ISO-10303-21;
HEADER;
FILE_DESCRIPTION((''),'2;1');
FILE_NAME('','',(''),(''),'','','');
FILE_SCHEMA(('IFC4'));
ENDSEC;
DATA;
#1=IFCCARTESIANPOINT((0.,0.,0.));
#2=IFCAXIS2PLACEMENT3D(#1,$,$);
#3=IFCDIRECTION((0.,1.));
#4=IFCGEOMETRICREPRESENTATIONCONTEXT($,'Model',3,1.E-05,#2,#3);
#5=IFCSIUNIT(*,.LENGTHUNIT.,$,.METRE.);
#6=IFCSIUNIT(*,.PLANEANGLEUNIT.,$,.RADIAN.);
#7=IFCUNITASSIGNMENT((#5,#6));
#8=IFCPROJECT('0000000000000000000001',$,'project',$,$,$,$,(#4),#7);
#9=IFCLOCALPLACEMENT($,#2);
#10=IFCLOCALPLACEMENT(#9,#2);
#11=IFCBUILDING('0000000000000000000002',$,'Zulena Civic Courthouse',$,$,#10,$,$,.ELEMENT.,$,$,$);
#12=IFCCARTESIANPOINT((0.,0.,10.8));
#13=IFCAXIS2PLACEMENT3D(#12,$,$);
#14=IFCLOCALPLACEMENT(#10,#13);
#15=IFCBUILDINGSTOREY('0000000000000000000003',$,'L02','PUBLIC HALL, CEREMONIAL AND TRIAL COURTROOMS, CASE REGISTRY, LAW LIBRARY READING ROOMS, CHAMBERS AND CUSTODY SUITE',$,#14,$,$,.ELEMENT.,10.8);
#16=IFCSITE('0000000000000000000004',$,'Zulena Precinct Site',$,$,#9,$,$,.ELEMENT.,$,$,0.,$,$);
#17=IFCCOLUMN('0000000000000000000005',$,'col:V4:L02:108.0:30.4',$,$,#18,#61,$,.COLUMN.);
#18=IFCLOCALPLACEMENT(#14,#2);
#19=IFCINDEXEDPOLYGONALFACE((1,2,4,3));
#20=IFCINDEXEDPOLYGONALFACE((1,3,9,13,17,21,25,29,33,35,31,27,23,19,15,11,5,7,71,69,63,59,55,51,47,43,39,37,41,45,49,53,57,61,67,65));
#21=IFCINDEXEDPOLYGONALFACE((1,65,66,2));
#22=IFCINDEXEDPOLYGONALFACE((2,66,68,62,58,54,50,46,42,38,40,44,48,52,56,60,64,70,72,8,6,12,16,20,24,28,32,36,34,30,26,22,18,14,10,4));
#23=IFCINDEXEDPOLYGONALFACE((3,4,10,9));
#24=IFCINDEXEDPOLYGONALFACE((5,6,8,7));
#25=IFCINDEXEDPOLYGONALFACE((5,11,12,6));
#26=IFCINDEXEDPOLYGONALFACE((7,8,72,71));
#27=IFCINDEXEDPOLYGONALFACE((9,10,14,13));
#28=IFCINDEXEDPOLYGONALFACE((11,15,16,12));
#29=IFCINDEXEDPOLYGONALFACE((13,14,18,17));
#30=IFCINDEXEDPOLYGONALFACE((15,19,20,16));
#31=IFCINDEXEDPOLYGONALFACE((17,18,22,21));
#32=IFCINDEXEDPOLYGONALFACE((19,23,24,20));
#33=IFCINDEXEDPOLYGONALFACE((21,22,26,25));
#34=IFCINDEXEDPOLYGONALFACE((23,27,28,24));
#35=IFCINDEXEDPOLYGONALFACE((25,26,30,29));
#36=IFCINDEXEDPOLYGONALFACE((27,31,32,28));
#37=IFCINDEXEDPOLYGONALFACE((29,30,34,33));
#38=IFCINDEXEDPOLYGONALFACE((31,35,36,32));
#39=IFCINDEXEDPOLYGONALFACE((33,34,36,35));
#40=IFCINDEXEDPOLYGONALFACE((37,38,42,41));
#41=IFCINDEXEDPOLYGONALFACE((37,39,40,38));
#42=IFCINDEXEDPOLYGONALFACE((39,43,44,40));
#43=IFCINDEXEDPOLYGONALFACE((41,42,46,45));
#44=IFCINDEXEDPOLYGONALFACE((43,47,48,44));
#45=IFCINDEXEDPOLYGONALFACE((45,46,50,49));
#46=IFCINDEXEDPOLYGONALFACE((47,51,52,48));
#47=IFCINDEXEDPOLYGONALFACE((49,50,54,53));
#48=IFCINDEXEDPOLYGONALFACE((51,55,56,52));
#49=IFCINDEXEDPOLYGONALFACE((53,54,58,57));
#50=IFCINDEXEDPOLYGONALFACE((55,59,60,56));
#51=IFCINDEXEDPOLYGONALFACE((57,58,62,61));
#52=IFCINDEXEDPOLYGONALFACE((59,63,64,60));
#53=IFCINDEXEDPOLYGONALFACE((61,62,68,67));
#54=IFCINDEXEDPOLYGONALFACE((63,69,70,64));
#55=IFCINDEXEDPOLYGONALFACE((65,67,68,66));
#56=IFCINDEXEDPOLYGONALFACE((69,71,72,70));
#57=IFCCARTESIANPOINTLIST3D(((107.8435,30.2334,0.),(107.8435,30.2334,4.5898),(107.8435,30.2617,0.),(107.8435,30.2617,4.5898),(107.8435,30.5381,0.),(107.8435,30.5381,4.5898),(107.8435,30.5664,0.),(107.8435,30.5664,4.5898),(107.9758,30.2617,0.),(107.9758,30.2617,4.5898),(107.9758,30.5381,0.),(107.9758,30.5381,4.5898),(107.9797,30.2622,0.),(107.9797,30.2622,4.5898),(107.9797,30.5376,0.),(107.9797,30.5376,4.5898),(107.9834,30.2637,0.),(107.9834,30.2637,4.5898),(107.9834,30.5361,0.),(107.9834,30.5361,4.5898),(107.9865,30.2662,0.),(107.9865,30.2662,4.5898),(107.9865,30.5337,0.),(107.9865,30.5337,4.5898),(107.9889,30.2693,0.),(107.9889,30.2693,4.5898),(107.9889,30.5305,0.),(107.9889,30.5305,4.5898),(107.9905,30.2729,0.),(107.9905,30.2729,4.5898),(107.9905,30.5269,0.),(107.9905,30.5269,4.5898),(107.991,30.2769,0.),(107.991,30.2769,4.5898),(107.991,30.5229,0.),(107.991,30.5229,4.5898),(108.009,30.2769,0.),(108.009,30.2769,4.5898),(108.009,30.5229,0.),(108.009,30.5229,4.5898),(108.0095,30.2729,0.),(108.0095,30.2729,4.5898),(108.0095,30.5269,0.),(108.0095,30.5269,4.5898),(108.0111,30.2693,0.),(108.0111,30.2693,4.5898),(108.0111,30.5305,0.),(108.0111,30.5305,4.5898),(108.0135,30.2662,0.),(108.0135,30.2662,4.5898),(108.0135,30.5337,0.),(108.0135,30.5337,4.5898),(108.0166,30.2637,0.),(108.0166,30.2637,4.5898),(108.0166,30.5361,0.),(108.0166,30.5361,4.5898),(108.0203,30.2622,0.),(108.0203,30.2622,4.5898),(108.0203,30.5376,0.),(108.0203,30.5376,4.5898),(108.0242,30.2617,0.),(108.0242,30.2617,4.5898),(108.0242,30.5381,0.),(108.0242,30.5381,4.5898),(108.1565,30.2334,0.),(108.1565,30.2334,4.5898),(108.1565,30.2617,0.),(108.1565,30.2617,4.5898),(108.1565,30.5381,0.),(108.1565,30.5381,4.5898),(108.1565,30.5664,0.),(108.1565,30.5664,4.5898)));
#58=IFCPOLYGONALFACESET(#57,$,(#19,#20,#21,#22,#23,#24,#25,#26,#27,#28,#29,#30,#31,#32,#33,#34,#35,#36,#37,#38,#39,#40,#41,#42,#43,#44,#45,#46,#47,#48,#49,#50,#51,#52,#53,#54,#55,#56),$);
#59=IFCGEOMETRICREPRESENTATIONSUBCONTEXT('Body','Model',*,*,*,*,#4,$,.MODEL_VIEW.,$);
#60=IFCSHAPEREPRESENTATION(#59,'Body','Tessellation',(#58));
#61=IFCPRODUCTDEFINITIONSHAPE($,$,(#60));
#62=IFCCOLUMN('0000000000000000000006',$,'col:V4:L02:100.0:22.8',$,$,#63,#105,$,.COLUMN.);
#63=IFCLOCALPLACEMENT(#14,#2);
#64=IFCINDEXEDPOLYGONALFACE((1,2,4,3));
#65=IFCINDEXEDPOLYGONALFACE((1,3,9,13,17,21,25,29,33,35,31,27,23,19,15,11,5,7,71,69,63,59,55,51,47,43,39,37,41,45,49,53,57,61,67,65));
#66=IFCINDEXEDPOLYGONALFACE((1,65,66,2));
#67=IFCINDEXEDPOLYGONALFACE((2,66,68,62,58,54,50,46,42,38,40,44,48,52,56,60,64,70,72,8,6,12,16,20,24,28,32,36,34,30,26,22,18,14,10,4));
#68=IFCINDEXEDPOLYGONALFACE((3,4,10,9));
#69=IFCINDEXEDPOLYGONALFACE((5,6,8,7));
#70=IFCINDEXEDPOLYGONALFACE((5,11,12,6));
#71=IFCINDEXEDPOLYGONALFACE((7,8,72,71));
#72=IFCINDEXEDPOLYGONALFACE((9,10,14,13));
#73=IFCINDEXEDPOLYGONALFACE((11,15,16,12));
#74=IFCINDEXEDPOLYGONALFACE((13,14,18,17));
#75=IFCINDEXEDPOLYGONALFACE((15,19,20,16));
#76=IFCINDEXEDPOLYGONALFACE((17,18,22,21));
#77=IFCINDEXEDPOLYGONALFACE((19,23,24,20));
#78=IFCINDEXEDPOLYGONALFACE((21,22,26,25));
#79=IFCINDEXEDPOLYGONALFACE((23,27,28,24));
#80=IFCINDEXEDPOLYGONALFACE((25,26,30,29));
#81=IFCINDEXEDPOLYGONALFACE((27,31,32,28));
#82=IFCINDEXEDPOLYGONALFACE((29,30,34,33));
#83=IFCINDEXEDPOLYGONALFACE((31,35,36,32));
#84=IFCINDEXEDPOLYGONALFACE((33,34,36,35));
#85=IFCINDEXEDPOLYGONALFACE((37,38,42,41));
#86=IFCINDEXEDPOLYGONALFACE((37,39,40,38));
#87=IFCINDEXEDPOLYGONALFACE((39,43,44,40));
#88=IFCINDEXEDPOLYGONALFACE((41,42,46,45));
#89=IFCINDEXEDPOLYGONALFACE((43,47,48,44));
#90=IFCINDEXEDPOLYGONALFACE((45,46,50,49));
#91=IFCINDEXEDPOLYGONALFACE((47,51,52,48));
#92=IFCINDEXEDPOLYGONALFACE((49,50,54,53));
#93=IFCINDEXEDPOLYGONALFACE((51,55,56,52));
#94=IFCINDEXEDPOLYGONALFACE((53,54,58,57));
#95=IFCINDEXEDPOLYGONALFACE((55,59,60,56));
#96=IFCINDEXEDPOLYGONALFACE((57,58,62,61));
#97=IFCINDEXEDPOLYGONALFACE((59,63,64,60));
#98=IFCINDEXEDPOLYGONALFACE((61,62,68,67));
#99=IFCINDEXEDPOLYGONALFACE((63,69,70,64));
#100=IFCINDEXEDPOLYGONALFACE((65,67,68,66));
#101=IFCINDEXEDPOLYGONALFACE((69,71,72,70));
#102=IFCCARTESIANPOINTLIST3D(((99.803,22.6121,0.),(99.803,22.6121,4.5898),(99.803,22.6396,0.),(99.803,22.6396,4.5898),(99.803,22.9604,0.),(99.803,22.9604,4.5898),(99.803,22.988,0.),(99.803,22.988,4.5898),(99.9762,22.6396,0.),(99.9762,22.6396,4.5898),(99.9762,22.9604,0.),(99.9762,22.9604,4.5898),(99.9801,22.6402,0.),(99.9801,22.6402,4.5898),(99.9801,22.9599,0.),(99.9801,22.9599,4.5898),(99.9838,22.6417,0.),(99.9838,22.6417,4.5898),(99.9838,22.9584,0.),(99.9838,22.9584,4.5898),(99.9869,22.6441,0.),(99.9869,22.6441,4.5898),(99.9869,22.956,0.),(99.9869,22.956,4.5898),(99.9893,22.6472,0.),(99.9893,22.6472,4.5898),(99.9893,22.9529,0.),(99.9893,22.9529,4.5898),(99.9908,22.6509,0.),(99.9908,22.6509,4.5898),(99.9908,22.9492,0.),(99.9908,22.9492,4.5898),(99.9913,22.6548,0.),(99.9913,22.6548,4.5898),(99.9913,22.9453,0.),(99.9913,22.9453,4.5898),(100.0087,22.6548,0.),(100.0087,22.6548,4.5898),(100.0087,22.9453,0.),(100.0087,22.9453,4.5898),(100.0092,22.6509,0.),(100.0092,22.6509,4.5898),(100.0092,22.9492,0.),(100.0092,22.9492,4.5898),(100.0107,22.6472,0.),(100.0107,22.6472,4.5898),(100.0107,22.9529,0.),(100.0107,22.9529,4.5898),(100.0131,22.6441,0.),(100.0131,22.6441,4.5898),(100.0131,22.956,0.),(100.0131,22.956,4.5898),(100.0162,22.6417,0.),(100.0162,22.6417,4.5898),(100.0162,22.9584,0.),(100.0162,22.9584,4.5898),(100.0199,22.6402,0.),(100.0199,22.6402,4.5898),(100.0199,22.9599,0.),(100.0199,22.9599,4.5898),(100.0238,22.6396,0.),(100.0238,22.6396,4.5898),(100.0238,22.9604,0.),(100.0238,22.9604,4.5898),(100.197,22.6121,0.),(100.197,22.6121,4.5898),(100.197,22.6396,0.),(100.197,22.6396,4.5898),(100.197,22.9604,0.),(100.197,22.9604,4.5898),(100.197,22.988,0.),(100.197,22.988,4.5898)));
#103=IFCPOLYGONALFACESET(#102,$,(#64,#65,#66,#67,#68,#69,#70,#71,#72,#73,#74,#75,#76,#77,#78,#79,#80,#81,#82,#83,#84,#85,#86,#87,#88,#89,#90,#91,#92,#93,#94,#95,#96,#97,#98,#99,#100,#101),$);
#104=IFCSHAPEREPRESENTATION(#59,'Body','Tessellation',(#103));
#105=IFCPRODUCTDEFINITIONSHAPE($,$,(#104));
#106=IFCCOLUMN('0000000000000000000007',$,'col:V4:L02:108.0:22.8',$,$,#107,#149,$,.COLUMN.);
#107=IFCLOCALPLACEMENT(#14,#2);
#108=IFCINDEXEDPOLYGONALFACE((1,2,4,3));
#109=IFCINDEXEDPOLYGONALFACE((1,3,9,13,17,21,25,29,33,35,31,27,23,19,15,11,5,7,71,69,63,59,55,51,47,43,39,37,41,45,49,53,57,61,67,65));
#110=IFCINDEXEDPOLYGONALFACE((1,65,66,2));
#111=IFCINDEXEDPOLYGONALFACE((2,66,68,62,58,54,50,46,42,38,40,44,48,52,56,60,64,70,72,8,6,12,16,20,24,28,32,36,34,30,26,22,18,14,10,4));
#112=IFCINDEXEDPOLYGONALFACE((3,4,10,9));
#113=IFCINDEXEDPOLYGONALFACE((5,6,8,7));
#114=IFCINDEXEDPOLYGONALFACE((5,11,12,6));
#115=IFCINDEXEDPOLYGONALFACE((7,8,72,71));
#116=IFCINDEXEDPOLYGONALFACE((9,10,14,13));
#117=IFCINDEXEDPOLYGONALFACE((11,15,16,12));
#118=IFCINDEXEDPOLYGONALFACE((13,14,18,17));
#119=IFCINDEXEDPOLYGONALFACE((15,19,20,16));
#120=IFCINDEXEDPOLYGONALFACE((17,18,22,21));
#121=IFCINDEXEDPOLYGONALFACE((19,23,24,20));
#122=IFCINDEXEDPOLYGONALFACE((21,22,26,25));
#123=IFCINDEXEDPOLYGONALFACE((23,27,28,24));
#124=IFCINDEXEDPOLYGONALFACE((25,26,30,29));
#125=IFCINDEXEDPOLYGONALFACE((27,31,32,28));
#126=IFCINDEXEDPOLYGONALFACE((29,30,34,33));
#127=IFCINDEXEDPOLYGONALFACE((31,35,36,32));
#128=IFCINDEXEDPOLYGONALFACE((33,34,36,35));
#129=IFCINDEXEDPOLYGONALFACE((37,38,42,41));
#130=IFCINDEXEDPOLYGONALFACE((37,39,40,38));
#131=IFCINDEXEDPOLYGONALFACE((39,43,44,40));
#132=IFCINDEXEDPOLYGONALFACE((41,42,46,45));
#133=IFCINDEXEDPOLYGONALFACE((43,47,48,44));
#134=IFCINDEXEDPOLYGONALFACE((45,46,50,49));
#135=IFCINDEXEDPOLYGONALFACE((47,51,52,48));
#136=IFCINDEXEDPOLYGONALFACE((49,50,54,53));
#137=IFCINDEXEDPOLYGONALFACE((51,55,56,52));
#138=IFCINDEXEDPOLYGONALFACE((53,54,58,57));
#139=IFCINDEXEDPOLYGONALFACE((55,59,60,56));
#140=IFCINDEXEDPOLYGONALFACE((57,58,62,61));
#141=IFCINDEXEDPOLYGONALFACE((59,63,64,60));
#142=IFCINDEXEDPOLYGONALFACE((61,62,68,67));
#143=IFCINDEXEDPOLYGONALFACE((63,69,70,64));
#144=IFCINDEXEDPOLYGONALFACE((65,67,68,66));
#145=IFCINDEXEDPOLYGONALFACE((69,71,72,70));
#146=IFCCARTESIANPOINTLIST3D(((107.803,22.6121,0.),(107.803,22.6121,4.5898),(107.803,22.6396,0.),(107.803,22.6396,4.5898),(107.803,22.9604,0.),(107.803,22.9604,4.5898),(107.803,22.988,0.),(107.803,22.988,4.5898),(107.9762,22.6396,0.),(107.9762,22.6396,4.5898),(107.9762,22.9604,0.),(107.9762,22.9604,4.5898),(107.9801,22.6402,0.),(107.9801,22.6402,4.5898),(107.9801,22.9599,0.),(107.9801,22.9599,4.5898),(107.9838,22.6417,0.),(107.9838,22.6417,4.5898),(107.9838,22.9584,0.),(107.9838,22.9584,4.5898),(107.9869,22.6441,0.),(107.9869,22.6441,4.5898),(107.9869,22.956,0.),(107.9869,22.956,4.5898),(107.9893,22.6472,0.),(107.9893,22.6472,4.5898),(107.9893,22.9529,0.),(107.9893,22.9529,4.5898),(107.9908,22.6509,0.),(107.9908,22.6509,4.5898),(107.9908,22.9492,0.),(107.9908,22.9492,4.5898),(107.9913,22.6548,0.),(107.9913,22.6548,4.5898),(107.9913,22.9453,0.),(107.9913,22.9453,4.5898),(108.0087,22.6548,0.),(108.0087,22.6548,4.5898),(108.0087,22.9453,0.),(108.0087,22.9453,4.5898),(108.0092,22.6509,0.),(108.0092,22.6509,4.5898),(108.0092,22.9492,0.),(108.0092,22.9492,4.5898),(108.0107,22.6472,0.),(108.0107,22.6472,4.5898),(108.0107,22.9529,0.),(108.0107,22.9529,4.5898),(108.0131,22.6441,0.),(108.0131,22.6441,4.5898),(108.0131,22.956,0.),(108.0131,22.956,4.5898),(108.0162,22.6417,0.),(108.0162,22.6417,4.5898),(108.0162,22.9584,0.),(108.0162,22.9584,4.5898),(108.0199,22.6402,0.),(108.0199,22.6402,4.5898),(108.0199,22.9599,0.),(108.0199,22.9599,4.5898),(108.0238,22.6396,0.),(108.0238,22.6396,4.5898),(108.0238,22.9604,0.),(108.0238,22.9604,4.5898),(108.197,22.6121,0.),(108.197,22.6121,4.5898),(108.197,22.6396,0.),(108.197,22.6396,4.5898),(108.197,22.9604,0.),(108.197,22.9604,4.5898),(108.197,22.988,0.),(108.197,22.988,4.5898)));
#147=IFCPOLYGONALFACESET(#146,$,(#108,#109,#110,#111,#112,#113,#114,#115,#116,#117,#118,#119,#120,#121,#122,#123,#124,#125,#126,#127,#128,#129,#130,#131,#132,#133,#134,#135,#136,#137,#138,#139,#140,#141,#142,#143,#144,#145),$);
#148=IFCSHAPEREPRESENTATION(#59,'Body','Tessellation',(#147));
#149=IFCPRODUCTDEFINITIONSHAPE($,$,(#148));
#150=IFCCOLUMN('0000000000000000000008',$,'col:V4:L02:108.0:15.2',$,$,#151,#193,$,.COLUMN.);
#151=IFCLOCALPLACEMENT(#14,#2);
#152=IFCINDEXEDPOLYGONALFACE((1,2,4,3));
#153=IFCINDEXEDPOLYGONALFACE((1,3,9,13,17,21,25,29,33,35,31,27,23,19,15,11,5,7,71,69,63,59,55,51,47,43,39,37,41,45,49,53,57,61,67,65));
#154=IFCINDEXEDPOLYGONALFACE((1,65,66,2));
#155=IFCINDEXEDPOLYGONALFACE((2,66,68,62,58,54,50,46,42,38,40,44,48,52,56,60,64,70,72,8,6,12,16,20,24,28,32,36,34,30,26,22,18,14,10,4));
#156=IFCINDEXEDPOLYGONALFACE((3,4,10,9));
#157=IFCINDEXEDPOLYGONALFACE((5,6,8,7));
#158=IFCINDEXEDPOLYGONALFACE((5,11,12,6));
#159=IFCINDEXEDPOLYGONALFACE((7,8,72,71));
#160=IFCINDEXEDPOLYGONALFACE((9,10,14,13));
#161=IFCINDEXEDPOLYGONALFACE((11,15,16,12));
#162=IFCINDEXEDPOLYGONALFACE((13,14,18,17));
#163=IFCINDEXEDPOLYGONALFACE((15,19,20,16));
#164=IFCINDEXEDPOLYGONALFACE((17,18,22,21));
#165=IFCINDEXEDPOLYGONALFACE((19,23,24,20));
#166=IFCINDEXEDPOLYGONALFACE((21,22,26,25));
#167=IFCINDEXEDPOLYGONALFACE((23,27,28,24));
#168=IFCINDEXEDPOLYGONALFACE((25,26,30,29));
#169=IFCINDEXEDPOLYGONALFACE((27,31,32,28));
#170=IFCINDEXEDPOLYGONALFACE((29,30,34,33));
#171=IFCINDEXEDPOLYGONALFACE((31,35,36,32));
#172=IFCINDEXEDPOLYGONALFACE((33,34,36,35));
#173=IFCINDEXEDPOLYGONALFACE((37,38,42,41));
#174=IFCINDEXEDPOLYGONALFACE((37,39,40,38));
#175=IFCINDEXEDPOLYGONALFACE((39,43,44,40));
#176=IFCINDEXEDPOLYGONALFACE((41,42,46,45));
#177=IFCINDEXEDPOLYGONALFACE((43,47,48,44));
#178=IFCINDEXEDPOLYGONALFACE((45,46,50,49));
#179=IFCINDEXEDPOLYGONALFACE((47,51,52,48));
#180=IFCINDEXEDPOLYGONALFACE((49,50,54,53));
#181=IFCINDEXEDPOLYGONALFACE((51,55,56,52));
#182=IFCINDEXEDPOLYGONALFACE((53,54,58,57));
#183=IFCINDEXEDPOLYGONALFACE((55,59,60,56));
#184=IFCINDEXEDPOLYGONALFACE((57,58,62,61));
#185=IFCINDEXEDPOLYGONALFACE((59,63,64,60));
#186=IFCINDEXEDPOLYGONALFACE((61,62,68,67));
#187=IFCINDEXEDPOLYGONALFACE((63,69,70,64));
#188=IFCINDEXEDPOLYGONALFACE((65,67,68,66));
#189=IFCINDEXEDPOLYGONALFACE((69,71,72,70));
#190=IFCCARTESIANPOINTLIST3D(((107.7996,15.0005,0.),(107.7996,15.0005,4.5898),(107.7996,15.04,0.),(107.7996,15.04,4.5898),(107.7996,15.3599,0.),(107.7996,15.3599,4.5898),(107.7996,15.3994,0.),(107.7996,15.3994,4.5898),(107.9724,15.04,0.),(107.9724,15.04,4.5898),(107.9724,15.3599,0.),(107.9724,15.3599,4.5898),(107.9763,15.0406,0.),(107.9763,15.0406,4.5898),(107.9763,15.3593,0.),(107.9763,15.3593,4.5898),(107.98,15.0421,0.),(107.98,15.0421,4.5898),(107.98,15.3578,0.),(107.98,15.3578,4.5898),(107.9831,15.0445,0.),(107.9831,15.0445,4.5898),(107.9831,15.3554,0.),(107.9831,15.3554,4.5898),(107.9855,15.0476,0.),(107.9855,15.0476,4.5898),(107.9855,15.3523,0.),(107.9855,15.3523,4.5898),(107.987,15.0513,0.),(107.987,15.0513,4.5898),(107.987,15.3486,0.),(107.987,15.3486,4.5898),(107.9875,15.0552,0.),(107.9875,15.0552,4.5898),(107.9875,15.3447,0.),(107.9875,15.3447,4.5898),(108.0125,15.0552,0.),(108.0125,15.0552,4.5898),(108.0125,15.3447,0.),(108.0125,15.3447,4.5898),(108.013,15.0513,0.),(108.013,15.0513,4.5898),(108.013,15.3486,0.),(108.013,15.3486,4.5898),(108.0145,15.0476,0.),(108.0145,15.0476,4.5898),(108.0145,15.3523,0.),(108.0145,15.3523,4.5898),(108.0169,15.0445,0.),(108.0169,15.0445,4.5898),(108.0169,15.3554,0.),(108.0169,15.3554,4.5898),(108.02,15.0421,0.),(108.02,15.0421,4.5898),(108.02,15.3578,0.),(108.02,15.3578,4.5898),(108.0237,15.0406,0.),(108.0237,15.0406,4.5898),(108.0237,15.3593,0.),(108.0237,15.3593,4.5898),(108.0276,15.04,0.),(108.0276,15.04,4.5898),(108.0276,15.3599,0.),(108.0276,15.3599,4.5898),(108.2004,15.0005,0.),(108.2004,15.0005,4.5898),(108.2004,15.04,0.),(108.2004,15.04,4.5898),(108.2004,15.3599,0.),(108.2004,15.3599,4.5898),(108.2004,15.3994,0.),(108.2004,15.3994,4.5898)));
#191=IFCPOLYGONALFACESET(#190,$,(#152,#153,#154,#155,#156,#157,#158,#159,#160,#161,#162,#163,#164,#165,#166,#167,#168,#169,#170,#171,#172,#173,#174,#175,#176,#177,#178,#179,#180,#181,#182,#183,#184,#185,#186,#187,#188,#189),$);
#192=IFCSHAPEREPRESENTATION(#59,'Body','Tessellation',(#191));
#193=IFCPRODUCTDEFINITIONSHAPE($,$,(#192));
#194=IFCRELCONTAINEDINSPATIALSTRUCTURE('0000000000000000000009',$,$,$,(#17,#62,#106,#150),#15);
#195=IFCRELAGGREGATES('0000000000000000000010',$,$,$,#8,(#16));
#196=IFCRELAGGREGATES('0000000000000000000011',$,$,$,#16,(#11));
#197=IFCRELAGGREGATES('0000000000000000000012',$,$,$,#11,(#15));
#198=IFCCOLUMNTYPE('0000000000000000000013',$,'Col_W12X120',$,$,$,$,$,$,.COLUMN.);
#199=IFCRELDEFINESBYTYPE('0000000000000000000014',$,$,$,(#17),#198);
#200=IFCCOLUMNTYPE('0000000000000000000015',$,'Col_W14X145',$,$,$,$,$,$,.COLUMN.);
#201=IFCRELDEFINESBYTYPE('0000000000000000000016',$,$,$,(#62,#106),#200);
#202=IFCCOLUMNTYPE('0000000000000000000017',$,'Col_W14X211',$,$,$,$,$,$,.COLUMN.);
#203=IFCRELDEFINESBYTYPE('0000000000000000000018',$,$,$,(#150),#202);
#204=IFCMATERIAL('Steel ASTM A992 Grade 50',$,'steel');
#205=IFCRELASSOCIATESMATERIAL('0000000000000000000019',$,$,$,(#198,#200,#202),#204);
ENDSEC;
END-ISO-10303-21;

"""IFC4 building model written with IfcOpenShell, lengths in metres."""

from ifc_helpers import new_model, si_unit, direction, frame, origin, origin_2d, place, context, subcontext, project, spatial, i_section, extrude, material, material_profile, profile_set, type_object, element, save


model = new_model("IFC4")

# Units and contexts
model_context = context("Model", 3, precision=1e-05, world=origin(), true_north=direction((0.0, 1.0)))
body_context = subcontext(model_context, "Body", "Model", "MODEL_VIEW")
ifc_project = project(units=[si_unit("LENGTHUNIT", "METRE"), si_unit("PLANEANGLEUNIT", "RADIAN")], contexts=[model_context])

# Site, building, storey
site_placement = place(None, origin())
site = spatial("IfcSite", under=ifc_project, at=site_placement, Name="Zulena Precinct Site", CompositionType="ELEMENT", RefElevation=0.0)
building_placement = place(site_placement, origin())
building = spatial("IfcBuilding", under=site, at=building_placement, Name="Zulena Civic Courthouse", CompositionType="ELEMENT")
storey_placement = place(building_placement, frame((0.0, 0.0, 10.8)))
storey = spatial("IfcBuildingStorey", under=building, at=storey_placement, Name="L02", Description="PUBLIC HALL, CEREMONIAL AND TRIAL COURTROOMS, CASE REGISTRY, LAW LIBRARY READING ROOMS, CHAMBERS AND CUSTODY SUITE", CompositionType="ELEMENT", Elevation=10.8)

# Columns
ifc_material_1 = material(Name="Steel ASTM A992 Grade 50", Category="steel")
ifc_material_profile_1 = material_profile(ifc_material_1, i_section(OverallWidth=0.313, OverallDepth=0.333, WebThickness=0.0181, FlangeThickness=0.0283, FilletRadius=0.0151, at=origin_2d()), Name="W12X120")
ifc_profile_set_1 = profile_set([ifc_material_profile_1], Name="Steel ASTM A992 Grade 50")
column_type_1 = type_object("IfcColumnType", Name="Col_W12X120", PredefinedType="COLUMN", material=ifc_profile_set_1)
column_1_placement = place(storey_placement, frame((108.0, 30.3999, 0.0), z_axis=(0.0, 0.0, 1.0), x_axis=(1.0, 0.0, 0.0)))
element("IfcColumn", 1, at=column_1_placement, inside=storey, type_object=column_type_1, Name="col:V4:L02:108.0:30.4", PredefinedType="COLUMN", context=body_context, shape_type="SweptSolid", body=[
    extrude(i_section(OverallWidth=0.313, OverallDepth=0.333, WebThickness=0.0181, FlangeThickness=0.0283, FilletRadius=0.0151, at=origin_2d()), origin(), (0.0, 0.0, 1.0), 4.5898),
])
ifc_material_profile_2 = material_profile(ifc_material_1, i_section(OverallWidth=0.394, OverallDepth=0.376, WebThickness=0.0173, FlangeThickness=0.0276, FilletRadius=0.0151, at=origin_2d()), Name="W14X145")
ifc_profile_set_2 = profile_set([ifc_material_profile_2], Name="Steel ASTM A992 Grade 50")
column_type_2 = type_object("IfcColumnType", Name="Col_W14X145", PredefinedType="COLUMN", material=ifc_profile_set_2)
for number, where, z_axis, x_axis, name in (
    (2, (100.0, 22.8, 0.0), (0.0, 0.0, 1.0), (1.0, 0.0, 0.0), "col:V4:L02:100.0:22.8"),
    (3, (108.0, 22.8, 0.0), (0.0, 0.0, 1.0), (1.0, 0.0, 0.0), "col:V4:L02:108.0:22.8"),
):
    element("IfcColumn", number, at=place(storey_placement, frame(where, z_axis=z_axis, x_axis=x_axis)), inside=storey, type_object=column_type_2, Name=name, PredefinedType="COLUMN", context=body_context, shape_type="SweptSolid", body=[
        extrude(i_section(OverallWidth=0.394, OverallDepth=0.376, WebThickness=0.0173, FlangeThickness=0.0276, FilletRadius=0.0151, at=origin_2d()), origin(), (0.0, 0.0, 1.0), 4.5898),
    ])
ifc_material_profile_3 = material_profile(ifc_material_1, i_section(OverallWidth=0.4009, OverallDepth=0.3989, WebThickness=0.0249, FlangeThickness=0.0396, FilletRadius=0.0151, at=origin_2d()), Name="W14X211")
ifc_profile_set_3 = profile_set([ifc_material_profile_3], Name="Steel ASTM A992 Grade 50")
column_type_3 = type_object("IfcColumnType", Name="Col_W14X211", PredefinedType="COLUMN", material=ifc_profile_set_3)
column_2_placement = place(storey_placement, frame((108.0, 15.2, 0.0), z_axis=(0.0, 0.0, 1.0), x_axis=(1.0, 0.0, 0.0)))
element("IfcColumn", 4, at=column_2_placement, inside=storey, type_object=column_type_3, Name="col:V4:L02:108.0:15.2", PredefinedType="COLUMN", context=body_context, shape_type="SweptSolid", body=[
    extrude(i_section(OverallWidth=0.4009, OverallDepth=0.3989, WebThickness=0.0249, FlangeThickness=0.0396, FilletRadius=0.0151, at=origin_2d()), origin(), (0.0, 0.0, 1.0), 4.5898),
])

save(model, "model.ifc")
